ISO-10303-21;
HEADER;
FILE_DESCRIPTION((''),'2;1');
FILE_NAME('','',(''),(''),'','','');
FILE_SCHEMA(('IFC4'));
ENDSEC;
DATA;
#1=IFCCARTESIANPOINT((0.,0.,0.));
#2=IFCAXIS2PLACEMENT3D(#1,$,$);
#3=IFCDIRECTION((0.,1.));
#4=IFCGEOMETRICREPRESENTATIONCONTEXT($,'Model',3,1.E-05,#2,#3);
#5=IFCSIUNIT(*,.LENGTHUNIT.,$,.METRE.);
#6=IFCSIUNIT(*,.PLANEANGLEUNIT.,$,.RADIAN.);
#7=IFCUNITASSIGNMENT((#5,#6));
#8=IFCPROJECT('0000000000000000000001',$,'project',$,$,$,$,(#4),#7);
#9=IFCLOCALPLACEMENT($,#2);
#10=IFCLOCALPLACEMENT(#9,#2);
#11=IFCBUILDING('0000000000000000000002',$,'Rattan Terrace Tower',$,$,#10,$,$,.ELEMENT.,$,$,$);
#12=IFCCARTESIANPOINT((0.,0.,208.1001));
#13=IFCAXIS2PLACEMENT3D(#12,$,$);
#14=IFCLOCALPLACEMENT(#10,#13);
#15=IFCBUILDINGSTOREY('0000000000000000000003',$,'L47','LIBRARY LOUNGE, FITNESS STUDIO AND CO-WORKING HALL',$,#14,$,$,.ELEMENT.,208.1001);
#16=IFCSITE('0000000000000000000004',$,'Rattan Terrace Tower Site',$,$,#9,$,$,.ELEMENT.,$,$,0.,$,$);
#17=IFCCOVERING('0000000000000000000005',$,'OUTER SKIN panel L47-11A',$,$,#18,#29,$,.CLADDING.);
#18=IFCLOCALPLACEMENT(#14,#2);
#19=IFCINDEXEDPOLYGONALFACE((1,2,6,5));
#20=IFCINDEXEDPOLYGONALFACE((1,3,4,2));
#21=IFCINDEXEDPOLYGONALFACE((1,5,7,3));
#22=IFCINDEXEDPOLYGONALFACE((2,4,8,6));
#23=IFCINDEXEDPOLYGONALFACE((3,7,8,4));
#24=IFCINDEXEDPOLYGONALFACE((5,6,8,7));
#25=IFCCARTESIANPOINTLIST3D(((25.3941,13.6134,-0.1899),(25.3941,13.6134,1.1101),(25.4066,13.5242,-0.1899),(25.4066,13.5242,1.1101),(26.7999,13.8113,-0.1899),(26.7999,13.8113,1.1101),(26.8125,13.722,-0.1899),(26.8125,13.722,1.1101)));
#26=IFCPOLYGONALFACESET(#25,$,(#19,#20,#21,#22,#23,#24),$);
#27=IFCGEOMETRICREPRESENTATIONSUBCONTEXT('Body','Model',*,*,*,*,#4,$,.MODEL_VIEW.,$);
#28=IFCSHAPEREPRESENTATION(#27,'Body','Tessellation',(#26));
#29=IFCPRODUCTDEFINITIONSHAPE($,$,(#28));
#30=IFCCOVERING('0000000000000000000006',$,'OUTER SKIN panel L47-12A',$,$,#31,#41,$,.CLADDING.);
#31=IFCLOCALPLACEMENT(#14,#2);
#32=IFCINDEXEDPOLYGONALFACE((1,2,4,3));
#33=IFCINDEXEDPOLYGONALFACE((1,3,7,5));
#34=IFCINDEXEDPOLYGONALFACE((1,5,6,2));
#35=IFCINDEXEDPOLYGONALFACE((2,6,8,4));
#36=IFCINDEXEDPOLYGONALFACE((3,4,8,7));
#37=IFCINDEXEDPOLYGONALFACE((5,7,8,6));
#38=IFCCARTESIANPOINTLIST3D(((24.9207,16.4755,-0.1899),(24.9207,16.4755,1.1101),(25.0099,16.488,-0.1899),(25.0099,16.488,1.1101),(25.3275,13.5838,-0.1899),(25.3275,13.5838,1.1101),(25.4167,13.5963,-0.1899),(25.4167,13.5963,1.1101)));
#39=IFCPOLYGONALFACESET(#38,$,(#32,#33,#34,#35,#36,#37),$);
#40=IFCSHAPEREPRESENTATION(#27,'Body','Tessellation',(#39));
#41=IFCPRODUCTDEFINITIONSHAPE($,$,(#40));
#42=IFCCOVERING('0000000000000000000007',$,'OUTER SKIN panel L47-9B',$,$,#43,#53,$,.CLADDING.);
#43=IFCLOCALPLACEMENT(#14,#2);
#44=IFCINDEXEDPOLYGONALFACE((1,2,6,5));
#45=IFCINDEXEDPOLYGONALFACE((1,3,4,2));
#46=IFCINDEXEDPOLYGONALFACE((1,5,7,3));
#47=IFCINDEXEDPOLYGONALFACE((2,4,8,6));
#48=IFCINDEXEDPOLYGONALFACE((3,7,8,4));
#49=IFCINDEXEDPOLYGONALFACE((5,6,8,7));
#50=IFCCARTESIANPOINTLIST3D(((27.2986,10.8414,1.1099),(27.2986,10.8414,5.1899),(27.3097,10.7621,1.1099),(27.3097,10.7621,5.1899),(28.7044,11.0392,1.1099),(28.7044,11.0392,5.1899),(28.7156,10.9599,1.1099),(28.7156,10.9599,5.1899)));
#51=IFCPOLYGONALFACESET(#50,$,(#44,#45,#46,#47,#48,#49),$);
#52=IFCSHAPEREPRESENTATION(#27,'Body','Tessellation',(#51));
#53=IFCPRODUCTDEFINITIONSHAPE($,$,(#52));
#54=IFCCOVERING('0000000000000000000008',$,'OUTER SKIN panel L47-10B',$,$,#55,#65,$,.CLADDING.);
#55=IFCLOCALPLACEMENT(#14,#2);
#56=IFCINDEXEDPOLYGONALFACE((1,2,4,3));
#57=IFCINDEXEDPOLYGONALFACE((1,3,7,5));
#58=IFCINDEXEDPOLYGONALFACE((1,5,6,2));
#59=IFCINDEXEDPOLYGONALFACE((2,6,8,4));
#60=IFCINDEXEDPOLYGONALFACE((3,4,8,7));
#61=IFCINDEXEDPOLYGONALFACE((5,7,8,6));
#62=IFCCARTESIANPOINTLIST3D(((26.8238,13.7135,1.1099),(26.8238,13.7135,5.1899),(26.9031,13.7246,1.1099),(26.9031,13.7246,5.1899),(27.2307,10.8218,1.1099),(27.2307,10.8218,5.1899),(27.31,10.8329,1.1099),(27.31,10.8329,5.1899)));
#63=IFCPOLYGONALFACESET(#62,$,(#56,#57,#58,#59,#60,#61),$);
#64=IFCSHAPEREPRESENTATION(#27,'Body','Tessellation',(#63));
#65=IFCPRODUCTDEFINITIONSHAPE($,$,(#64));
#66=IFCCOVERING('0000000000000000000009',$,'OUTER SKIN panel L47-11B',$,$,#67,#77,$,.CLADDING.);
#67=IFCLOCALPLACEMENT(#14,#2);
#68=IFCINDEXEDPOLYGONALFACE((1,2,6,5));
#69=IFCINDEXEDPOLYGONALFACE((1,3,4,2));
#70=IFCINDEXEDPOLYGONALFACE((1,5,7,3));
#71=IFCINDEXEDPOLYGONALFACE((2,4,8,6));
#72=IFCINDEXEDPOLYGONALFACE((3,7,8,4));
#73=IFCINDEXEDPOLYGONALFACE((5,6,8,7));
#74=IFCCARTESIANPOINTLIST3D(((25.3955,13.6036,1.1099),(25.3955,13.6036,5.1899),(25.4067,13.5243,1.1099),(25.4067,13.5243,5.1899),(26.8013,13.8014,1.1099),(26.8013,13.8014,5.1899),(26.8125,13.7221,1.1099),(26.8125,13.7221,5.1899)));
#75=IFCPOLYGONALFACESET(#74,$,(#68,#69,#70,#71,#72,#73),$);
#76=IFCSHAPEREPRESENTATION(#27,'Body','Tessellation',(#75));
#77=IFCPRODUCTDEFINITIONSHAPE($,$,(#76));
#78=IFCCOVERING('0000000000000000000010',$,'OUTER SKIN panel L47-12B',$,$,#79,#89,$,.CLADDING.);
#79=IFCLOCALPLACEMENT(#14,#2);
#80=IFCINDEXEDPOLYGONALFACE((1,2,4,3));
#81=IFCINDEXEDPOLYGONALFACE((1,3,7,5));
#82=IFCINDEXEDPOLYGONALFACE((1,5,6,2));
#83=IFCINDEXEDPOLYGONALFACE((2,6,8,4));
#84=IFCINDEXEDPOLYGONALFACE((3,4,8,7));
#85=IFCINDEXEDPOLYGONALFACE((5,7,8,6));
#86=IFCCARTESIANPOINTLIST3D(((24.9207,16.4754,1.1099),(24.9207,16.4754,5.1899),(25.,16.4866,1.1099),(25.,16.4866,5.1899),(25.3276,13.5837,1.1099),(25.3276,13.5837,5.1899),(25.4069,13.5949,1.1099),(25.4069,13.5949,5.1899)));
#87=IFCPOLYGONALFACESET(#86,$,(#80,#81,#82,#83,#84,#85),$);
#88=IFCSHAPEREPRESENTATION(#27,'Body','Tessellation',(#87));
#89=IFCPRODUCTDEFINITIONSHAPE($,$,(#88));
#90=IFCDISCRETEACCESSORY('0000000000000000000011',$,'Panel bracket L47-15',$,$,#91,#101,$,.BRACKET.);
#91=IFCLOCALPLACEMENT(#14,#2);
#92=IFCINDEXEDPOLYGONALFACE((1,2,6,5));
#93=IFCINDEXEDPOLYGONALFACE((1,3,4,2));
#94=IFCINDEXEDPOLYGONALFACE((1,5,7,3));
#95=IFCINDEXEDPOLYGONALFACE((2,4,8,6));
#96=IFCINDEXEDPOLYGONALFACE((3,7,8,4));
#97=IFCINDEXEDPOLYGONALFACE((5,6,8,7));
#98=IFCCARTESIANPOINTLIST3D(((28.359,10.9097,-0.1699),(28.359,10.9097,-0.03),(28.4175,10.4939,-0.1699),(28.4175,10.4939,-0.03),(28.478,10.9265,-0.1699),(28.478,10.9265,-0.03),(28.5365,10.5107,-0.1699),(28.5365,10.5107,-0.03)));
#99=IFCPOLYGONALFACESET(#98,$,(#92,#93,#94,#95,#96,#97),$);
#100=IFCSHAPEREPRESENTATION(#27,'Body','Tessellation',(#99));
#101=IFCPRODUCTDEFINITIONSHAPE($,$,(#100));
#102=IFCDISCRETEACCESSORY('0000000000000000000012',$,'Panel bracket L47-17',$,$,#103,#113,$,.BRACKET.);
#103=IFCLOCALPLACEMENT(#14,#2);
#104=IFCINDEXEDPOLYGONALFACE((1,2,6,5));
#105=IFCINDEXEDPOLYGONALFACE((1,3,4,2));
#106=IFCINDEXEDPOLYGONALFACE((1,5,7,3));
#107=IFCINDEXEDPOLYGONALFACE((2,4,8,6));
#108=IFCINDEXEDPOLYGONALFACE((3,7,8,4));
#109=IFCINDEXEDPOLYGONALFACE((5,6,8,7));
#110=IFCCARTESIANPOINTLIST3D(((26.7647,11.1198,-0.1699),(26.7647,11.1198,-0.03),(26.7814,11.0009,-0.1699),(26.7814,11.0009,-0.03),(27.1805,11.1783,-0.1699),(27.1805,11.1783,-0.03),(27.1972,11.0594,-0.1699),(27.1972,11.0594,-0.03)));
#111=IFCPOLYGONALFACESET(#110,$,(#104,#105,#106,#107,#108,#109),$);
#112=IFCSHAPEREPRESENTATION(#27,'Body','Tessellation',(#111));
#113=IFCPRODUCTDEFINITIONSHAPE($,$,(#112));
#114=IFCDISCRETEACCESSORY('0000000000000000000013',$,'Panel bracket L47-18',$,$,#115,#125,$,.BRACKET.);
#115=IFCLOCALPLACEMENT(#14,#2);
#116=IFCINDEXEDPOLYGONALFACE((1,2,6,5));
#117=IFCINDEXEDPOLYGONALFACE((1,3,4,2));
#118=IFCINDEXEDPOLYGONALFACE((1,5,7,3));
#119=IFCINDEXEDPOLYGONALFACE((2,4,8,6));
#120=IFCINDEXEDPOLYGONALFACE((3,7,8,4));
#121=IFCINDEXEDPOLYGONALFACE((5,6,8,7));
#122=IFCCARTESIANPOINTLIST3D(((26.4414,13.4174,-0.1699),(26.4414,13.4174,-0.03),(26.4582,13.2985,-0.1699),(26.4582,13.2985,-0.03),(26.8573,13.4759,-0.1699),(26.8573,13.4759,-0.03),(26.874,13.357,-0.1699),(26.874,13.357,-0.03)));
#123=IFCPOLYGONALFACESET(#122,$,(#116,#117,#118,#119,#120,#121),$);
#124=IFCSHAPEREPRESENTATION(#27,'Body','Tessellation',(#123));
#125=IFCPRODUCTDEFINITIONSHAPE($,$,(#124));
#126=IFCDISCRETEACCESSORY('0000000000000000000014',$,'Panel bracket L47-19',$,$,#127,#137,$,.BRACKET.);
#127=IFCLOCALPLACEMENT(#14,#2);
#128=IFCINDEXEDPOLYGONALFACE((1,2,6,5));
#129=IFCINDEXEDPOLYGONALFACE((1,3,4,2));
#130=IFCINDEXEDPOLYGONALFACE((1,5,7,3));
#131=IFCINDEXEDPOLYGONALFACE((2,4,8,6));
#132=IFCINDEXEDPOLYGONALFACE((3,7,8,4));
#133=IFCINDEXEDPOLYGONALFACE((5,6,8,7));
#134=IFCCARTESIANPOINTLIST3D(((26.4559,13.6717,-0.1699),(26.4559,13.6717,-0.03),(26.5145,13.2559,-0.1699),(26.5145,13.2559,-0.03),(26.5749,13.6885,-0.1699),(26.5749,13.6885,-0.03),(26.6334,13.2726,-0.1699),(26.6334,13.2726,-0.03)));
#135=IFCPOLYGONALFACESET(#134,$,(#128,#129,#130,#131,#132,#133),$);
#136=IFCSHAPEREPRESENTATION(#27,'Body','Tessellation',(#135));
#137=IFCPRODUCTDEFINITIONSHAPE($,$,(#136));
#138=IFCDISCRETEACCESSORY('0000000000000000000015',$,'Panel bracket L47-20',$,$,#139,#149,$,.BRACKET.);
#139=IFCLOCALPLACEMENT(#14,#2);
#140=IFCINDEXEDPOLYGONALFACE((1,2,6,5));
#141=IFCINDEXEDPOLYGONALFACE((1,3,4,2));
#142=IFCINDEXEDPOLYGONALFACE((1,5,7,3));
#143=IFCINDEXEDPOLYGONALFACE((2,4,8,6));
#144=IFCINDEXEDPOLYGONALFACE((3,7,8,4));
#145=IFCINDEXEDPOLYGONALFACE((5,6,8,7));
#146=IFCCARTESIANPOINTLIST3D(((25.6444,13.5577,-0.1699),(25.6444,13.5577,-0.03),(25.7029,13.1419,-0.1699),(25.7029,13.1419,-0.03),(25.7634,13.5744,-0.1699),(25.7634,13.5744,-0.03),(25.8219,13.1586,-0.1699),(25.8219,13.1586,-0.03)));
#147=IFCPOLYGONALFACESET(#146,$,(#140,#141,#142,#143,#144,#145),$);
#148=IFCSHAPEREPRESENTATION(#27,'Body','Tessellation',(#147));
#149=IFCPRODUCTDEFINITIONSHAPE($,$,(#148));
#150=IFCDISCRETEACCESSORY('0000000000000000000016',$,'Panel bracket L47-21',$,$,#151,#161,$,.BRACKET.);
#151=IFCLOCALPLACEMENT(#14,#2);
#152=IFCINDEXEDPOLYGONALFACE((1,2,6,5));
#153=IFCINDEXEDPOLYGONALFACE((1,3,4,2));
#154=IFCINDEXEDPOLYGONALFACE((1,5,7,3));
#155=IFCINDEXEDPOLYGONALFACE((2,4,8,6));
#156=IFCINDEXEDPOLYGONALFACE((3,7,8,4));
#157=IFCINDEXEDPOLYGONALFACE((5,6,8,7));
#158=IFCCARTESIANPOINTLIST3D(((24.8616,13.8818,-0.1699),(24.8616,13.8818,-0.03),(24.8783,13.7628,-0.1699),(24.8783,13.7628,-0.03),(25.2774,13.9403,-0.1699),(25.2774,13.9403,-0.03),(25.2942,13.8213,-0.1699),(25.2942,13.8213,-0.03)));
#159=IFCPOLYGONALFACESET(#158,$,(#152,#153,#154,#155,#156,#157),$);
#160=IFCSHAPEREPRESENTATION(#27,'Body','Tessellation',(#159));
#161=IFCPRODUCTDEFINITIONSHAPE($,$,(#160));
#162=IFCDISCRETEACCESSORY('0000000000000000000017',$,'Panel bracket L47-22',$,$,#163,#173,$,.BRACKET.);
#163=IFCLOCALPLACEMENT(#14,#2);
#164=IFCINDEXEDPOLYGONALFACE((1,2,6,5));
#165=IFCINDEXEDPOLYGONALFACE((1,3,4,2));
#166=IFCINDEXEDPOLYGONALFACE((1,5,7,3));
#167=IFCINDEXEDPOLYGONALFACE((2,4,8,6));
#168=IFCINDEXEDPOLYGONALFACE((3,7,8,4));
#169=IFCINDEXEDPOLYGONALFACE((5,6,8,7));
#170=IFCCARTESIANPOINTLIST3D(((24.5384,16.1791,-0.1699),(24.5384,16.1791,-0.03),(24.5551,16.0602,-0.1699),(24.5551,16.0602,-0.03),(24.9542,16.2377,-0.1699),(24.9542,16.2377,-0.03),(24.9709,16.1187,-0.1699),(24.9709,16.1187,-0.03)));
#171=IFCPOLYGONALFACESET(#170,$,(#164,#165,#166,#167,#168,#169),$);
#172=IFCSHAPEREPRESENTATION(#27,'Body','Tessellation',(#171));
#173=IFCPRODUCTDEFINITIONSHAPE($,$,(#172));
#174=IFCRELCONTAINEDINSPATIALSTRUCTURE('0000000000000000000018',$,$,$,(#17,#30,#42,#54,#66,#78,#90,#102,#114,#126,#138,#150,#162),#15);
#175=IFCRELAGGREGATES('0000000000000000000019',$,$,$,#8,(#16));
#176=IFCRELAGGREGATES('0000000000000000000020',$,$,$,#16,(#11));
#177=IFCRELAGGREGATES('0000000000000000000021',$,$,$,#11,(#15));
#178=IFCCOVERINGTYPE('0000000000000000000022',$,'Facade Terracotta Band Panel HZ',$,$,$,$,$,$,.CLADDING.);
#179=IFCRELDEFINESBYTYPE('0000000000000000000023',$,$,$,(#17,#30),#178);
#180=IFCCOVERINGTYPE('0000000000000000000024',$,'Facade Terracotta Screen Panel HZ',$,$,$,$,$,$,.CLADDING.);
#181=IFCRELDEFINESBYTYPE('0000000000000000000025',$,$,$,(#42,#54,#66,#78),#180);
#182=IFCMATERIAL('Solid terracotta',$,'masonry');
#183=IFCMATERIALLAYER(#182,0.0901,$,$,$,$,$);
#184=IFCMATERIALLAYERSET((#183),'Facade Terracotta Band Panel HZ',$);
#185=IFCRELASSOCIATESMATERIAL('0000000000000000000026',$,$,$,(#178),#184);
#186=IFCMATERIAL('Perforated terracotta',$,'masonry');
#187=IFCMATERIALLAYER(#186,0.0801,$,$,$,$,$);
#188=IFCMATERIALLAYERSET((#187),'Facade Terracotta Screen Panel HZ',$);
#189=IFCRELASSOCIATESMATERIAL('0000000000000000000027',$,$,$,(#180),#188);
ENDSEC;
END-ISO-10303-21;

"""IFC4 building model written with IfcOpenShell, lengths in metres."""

from ifc_helpers import new_model, si_unit, direction, frame, origin, origin_2d, place, context, subcontext, project, spatial, rectangle, extrude, material, layer, layer_set, type_object, element, save


model = new_model("IFC4")

# Units and contexts
model_context = context("Model", 3, precision=1e-05, world=origin(), true_north=direction((0.0, 1.0)))
body_context = subcontext(model_context, "Body", "Model", "MODEL_VIEW")
ifc_project = project(units=[si_unit("LENGTHUNIT", "METRE"), si_unit("PLANEANGLEUNIT", "RADIAN")], contexts=[model_context])

# Site, building, storey
site_placement = place(None, origin())
site = spatial("IfcSite", under=ifc_project, at=site_placement, Name="Rattan Terrace Tower Site", CompositionType="ELEMENT", RefElevation=0.0)
building_placement = place(site_placement, origin())
building = spatial("IfcBuilding", under=site, at=building_placement, Name="Rattan Terrace Tower", CompositionType="ELEMENT")
storey_placement = place(building_placement, frame((0.0, 0.0, 208.1001)))
storey = spatial("IfcBuildingStorey", under=building, at=storey_placement, Name="L47", Description="LIBRARY LOUNGE, FITNESS STUDIO AND CO-WORKING HALL", CompositionType="ELEMENT", Elevation=208.1001)

# Coverings
ifc_material_1 = material(Name="Solid terracotta", Category="masonry")
ifc_layer_1 = layer(ifc_material_1, 0.0901)
ifc_layer_set_1 = layer_set([ifc_layer_1], Name="Facade Terracotta Band Panel HZ")
covering_type_1 = type_object("IfcCoveringType", Name="Facade Terracotta Band Panel HZ", PredefinedType="CLADDING", material=ifc_layer_set_1)
covering_1_placement = place(storey_placement, frame((26.1033, 13.6677, -0.1899), z_axis=(0.0, 0.0, 1.0), x_axis=(-0.990241, -0.139367, 0.0)))
element("IfcCovering", 1, at=covering_1_placement, inside=storey, type_object=covering_type_1, Name="OUTER SKIN panel L47-11A", PredefinedType="CLADDING", context=body_context, shape_type="SweptSolid", body=[
    extrude(rectangle(XDim=1.4197, YDim=0.0901, at=origin_2d()), origin(), (0.0, 0.0, 1.0), 1.3),
])
covering_2_placement = place(storey_placement, frame((25.1687, 15.0359, -0.1899), z_axis=(0.0, 0.0, 1.0), x_axis=(-0.139321, 0.990247, 0.0)))
element("IfcCovering", 2, at=covering_2_placement, inside=storey, type_object=covering_type_1, Name="OUTER SKIN panel L47-12A", PredefinedType="CLADDING", context=body_context, shape_type="SweptSolid", body=[
    extrude(rectangle(XDim=2.9202, YDim=0.0901, at=origin_2d()), origin(), (0.0, 0.0, 1.0), 1.3),
])
ifc_material_2 = material(Name="Perforated terracotta", Category="masonry")
ifc_layer_2 = layer(ifc_material_2, 0.0801)
ifc_layer_set_2 = layer_set([ifc_layer_2], Name="Facade Terracotta Screen Panel HZ")
covering_type_2 = type_object("IfcCoveringType", Name="Facade Terracotta Screen Panel HZ", PredefinedType="CLADDING", material=ifc_layer_set_2)
covering_3_placement = place(storey_placement, frame((28.0071, 10.9006, 1.1099), z_axis=(0.0, 0.0, 1.0), x_axis=(-0.990241, -0.139367, 0.0)))
element("IfcCovering", 3, at=covering_3_placement, inside=storey, type_object=covering_type_2, Name="OUTER SKIN panel L47-9B", PredefinedType="CLADDING", context=body_context, shape_type="SweptSolid", body=[
    extrude(rectangle(XDim=1.4197, YDim=0.0801, at=origin_2d()), origin(), (0.0, 0.0, 1.0), 4.0801),
])
covering_4_placement = place(storey_placement, frame((27.0669, 12.2732, 1.1099), z_axis=(0.0, 0.0, 1.0), x_axis=(-0.139321, 0.990247, 0.0)))
element("IfcCovering", 4, at=covering_4_placement, inside=storey, type_object=covering_type_2, Name="OUTER SKIN panel L47-10B", PredefinedType="CLADDING", context=body_context, shape_type="SweptSolid", body=[
    extrude(rectangle(XDim=2.9202, YDim=0.0801, at=origin_2d()), origin(), (0.0, 0.0, 1.0), 4.0801),
])
covering_5_placement = place(storey_placement, frame((26.104, 13.6628, 1.1099), z_axis=(0.0, 0.0, 1.0), x_axis=(-0.990241, -0.139367, 0.0)))
element("IfcCovering", 5, at=covering_5_placement, inside=storey, type_object=covering_type_2, Name="OUTER SKIN panel L47-11B", PredefinedType="CLADDING", context=body_context, shape_type="SweptSolid", body=[
    extrude(rectangle(XDim=1.4197, YDim=0.0801, at=origin_2d()), origin(), (0.0, 0.0, 1.0), 4.0801),
])
covering_6_placement = place(storey_placement, frame((25.1638, 15.0352, 1.1099), z_axis=(0.0, 0.0, 1.0), x_axis=(-0.139321, 0.990247, 0.0)))
element("IfcCovering", 6, at=covering_6_placement, inside=storey, type_object=covering_type_2, Name="OUTER SKIN panel L47-12B", PredefinedType="CLADDING", context=body_context, shape_type="SweptSolid", body=[
    extrude(rectangle(XDim=2.9202, YDim=0.0801, at=origin_2d()), origin(), (0.0, 0.0, 1.0), 4.0801),
])

# Discrete accessories
for number, where, z_axis, x_axis, name in (
    (7, (28.4478, 10.7102, -0.1699), (0.0, 0.0, 1.0), (-0.990241, -0.139367, 0.0), "Panel bracket L47-15"),
    (8, (26.981, 11.0896, -0.1699), (0.0, 0.0, 1.0), (-0.139321, 0.990247, 0.0), "Panel bracket L47-17"),
    (9, (26.6577, 13.3872, -0.1699), (0.0, 0.0, 1.0), (-0.139321, 0.990247, 0.0), "Panel bracket L47-18"),
    (10, (26.5447, 13.4722, -0.1699), (0.0, 0.0, 1.0), (-0.990241, -0.139367, 0.0), "Panel bracket L47-19"),
    (11, (25.7332, 13.3582, -0.1699), (0.0, 0.0, 1.0), (-0.990241, -0.139367, 0.0), "Panel bracket L47-20"),
    (12, (25.0779, 13.8516, -0.1699), (0.0, 0.0, 1.0), (-0.139321, 0.990247, 0.0), "Panel bracket L47-21"),
    (13, (24.7546, 16.1489, -0.1699), (0.0, 0.0, 1.0), (-0.139321, 0.990247, 0.0), "Panel bracket L47-22"),
):
    element("IfcDiscreteAccessory", number, at=place(storey_placement, frame(where, z_axis=z_axis, x_axis=x_axis)), inside=storey, Name=name, PredefinedType="BRACKET", context=body_context, shape_type="SweptSolid", body=[
        extrude(rectangle(XDim=0.1201, YDim=0.4199, at=origin_2d()), origin(), (0.0, 0.0, 1.0), 0.1399),
    ])

save(model, "model.ifc")
